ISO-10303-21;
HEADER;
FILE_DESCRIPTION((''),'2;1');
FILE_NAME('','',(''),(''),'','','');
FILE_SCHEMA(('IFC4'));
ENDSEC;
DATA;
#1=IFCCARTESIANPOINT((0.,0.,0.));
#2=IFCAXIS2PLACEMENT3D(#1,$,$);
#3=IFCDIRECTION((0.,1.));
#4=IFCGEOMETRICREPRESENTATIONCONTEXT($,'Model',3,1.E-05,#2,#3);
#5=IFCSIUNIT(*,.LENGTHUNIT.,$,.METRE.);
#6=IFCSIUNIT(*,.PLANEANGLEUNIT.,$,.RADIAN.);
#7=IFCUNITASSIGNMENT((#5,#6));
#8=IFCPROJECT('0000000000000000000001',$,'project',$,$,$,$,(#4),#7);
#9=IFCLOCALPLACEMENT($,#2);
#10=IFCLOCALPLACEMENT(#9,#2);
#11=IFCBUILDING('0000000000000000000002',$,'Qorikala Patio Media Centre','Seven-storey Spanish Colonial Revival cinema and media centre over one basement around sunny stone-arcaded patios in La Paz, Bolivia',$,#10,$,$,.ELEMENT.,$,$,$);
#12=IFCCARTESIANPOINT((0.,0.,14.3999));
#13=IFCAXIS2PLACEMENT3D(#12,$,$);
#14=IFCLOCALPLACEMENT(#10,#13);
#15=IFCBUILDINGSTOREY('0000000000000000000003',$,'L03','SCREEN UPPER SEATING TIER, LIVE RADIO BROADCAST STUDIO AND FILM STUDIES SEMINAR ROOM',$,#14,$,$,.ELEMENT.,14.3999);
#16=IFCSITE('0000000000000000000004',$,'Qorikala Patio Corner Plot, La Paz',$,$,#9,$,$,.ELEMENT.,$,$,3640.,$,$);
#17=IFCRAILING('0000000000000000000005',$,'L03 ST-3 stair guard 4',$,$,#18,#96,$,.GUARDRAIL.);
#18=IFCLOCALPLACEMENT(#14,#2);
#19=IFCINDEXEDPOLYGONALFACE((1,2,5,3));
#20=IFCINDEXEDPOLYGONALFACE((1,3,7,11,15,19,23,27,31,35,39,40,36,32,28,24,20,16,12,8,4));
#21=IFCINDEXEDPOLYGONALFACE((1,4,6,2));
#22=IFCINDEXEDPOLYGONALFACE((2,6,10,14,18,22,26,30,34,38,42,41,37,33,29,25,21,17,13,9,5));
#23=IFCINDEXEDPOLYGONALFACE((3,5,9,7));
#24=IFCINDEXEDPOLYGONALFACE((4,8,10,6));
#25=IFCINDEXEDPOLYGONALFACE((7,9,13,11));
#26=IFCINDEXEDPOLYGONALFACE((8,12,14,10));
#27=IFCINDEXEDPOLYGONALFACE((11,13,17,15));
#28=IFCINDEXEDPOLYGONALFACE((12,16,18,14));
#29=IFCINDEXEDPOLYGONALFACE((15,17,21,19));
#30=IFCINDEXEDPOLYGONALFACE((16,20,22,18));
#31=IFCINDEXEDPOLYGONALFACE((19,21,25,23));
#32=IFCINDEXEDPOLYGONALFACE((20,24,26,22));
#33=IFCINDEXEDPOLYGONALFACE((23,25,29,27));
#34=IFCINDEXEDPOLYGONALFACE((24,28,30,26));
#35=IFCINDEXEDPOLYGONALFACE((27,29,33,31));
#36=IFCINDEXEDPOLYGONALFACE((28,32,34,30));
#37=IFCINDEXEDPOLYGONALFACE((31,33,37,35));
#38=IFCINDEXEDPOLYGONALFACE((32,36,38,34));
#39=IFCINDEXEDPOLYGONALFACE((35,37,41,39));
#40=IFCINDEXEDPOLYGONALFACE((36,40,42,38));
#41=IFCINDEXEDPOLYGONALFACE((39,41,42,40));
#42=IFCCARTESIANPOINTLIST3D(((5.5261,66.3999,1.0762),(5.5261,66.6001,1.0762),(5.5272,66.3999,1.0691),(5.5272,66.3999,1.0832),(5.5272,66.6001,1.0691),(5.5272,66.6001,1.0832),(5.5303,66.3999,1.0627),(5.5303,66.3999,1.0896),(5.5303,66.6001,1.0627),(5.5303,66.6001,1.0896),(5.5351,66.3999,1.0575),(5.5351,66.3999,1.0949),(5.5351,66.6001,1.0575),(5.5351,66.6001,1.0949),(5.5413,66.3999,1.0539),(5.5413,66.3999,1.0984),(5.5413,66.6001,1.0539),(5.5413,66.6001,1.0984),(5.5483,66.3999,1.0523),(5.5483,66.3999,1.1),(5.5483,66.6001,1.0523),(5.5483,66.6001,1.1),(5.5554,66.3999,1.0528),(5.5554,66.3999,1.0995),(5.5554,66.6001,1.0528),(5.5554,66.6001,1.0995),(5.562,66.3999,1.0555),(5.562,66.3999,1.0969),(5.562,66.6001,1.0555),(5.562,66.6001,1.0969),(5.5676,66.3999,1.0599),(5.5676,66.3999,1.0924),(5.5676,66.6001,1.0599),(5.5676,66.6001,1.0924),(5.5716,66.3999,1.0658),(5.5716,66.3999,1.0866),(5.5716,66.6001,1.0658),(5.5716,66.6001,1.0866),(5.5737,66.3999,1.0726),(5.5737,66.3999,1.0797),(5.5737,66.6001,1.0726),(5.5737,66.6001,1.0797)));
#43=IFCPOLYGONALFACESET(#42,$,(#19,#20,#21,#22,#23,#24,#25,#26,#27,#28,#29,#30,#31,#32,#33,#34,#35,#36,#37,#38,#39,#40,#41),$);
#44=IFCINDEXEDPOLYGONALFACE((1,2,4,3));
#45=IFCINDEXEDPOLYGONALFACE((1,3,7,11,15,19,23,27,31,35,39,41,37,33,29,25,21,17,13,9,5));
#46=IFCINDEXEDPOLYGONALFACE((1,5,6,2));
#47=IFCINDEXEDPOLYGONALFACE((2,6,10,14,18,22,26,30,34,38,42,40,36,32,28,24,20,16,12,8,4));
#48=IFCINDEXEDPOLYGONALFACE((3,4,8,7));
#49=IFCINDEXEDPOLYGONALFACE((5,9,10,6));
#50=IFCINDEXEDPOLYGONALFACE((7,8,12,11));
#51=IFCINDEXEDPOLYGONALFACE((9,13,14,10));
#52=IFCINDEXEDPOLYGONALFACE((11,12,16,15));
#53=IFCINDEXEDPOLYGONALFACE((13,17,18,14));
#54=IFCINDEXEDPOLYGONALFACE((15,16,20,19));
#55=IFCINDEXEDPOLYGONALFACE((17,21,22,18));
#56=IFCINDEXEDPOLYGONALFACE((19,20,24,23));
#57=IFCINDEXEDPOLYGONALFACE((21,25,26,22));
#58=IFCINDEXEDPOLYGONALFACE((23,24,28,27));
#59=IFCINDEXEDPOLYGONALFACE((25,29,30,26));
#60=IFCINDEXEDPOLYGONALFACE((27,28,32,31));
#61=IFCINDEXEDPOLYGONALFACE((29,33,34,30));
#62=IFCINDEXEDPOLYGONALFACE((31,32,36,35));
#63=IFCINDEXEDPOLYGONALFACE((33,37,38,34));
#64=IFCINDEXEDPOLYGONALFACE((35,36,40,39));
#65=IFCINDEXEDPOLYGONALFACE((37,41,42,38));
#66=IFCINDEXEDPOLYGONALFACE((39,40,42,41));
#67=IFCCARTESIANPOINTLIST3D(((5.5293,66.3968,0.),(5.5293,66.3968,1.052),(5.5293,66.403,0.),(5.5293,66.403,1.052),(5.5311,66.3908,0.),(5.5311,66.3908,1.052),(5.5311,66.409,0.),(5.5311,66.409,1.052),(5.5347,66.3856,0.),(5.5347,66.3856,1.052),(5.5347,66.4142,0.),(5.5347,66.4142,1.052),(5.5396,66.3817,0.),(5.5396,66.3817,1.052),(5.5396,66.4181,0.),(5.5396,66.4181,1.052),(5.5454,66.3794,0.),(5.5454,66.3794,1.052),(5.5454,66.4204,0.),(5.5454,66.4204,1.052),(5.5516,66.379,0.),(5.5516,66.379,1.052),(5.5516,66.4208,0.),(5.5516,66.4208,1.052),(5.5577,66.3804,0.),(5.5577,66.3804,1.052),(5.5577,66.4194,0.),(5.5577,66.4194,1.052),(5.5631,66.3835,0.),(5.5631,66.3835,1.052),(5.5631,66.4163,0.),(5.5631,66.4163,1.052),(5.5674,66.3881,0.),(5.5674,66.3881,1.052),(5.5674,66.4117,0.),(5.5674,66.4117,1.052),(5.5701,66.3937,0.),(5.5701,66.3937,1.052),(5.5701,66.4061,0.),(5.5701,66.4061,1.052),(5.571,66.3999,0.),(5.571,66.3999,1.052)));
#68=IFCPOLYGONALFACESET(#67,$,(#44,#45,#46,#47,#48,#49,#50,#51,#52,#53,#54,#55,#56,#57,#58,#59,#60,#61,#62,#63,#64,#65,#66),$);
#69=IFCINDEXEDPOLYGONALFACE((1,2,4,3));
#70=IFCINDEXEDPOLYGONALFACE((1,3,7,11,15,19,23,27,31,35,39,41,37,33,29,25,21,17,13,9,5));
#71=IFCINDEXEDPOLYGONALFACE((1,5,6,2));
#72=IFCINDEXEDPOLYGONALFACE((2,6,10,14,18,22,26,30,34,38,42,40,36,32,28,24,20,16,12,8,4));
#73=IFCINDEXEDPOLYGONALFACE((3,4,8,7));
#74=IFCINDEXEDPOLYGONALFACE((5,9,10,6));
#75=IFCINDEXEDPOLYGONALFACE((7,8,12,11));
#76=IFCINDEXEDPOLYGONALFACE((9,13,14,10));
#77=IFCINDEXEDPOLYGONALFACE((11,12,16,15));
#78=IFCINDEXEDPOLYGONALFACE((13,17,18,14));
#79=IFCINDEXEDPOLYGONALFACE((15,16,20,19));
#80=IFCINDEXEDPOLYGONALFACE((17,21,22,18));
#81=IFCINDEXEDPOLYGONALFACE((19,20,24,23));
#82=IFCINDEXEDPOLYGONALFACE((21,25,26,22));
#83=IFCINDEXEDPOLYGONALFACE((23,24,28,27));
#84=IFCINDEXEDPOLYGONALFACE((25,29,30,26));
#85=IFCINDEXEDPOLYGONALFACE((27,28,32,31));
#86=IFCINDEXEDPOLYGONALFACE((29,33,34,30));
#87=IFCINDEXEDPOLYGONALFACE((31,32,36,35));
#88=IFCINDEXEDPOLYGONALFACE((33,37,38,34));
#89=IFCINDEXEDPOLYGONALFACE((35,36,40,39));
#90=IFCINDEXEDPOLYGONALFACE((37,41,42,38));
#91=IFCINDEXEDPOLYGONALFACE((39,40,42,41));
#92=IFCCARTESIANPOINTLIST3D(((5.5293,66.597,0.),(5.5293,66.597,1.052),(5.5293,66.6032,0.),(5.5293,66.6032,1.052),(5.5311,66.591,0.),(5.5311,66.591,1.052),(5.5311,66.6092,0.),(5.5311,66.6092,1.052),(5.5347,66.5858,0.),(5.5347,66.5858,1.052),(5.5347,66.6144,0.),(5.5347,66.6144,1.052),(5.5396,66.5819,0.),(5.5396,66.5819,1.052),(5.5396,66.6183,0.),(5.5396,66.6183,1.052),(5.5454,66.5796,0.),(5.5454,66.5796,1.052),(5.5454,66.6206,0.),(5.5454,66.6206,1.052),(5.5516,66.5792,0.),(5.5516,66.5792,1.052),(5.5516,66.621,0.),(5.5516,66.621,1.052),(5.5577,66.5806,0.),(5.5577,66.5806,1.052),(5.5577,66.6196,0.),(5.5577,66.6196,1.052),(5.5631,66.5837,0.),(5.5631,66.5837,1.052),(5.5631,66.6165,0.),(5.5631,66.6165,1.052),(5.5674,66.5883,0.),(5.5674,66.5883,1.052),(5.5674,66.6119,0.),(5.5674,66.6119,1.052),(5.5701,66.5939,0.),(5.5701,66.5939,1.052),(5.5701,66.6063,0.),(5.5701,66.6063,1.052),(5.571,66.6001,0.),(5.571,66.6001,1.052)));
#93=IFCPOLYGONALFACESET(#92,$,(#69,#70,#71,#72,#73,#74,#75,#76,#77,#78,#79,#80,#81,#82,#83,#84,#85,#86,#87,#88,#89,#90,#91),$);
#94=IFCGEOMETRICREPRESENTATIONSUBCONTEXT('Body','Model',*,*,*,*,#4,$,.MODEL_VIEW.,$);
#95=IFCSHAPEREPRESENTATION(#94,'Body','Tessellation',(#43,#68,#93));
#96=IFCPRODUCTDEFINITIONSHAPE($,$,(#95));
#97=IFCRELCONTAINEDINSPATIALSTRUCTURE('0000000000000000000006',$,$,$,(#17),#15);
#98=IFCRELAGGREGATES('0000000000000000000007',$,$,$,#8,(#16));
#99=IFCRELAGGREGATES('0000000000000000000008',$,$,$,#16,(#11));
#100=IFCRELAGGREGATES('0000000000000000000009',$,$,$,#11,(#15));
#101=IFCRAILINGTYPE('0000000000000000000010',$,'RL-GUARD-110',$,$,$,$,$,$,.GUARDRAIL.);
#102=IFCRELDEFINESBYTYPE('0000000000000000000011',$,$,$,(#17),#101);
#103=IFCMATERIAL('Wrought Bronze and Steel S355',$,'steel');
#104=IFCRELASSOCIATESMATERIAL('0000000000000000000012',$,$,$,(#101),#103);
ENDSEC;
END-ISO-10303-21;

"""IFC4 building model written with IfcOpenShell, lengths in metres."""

from ifc_helpers import new_model, si_unit, direction, frame, origin, origin_2d, place, context, subcontext, project, spatial, circle, extrude, material, type_object, element, save


model = new_model("IFC4")

# Units and contexts
model_context = context("Model", 3, precision=1e-05, world=origin(), true_north=direction((0.0, 1.0)))
body_context = subcontext(model_context, "Body", "Model", "MODEL_VIEW")
ifc_project = project(units=[si_unit("LENGTHUNIT", "METRE"), si_unit("PLANEANGLEUNIT", "RADIAN")], contexts=[model_context])

# Site, building, storey
site_placement = place(None, origin())
site = spatial("IfcSite", under=ifc_project, at=site_placement, Name="Qorikala Patio Corner Plot, La Paz", CompositionType="ELEMENT", RefElevation=3640.0)
building_placement = place(site_placement, origin())
building = spatial("IfcBuilding", under=site, at=building_placement, Name="Qorikala Patio Media Centre", Description="Seven-storey Spanish Colonial Revival cinema and media centre over one basement around sunny stone-arcaded patios in La Paz, Bolivia", CompositionType="ELEMENT")
storey_placement = place(building_placement, frame((0.0, 0.0, 14.3999)))
storey = spatial("IfcBuildingStorey", under=building, at=storey_placement, Name="L03", Description="SCREEN UPPER SEATING TIER, LIVE RADIO BROADCAST STUDIO AND FILM STUDIES SEMINAR ROOM", CompositionType="ELEMENT", Elevation=14.3999)

# Railing
ifc_material_1 = material(Name="Wrought Bronze and Steel S355", Category="steel")
railing_type_1 = type_object("IfcRailingType", Name="RL-GUARD-110", PredefinedType="GUARDRAIL", material=ifc_material_1)
railing_1_placement = place(storey_placement, frame((5.55, 66.3999, 0.0)))
element("IfcRailing", 1, at=railing_1_placement, inside=storey, type_object=railing_type_1, Name="L03 ST-3 stair guard 4", PredefinedType="GUARDRAIL", context=body_context, shape_type="SweptSolid", body=[
    extrude(circle(Radius=0.0239, at=origin_2d()), frame((0.0, 0.0, 1.0762), z_axis=(0.0, 1.0, 0.0), x_axis=(-1.0, 0.0, 0.0)), (0.0, 0.0, 1.0), 0.2002),
    extrude(circle(Radius=0.021, at=origin_2d()), origin(), (0.0, 0.0, 1.0), 1.052),
    extrude(circle(Radius=0.021, at=origin_2d()), frame((0.0, 0.2002, 0.0)), (0.0, 0.0, 1.0), 1.052),
])

save(model, "model.ifc")
